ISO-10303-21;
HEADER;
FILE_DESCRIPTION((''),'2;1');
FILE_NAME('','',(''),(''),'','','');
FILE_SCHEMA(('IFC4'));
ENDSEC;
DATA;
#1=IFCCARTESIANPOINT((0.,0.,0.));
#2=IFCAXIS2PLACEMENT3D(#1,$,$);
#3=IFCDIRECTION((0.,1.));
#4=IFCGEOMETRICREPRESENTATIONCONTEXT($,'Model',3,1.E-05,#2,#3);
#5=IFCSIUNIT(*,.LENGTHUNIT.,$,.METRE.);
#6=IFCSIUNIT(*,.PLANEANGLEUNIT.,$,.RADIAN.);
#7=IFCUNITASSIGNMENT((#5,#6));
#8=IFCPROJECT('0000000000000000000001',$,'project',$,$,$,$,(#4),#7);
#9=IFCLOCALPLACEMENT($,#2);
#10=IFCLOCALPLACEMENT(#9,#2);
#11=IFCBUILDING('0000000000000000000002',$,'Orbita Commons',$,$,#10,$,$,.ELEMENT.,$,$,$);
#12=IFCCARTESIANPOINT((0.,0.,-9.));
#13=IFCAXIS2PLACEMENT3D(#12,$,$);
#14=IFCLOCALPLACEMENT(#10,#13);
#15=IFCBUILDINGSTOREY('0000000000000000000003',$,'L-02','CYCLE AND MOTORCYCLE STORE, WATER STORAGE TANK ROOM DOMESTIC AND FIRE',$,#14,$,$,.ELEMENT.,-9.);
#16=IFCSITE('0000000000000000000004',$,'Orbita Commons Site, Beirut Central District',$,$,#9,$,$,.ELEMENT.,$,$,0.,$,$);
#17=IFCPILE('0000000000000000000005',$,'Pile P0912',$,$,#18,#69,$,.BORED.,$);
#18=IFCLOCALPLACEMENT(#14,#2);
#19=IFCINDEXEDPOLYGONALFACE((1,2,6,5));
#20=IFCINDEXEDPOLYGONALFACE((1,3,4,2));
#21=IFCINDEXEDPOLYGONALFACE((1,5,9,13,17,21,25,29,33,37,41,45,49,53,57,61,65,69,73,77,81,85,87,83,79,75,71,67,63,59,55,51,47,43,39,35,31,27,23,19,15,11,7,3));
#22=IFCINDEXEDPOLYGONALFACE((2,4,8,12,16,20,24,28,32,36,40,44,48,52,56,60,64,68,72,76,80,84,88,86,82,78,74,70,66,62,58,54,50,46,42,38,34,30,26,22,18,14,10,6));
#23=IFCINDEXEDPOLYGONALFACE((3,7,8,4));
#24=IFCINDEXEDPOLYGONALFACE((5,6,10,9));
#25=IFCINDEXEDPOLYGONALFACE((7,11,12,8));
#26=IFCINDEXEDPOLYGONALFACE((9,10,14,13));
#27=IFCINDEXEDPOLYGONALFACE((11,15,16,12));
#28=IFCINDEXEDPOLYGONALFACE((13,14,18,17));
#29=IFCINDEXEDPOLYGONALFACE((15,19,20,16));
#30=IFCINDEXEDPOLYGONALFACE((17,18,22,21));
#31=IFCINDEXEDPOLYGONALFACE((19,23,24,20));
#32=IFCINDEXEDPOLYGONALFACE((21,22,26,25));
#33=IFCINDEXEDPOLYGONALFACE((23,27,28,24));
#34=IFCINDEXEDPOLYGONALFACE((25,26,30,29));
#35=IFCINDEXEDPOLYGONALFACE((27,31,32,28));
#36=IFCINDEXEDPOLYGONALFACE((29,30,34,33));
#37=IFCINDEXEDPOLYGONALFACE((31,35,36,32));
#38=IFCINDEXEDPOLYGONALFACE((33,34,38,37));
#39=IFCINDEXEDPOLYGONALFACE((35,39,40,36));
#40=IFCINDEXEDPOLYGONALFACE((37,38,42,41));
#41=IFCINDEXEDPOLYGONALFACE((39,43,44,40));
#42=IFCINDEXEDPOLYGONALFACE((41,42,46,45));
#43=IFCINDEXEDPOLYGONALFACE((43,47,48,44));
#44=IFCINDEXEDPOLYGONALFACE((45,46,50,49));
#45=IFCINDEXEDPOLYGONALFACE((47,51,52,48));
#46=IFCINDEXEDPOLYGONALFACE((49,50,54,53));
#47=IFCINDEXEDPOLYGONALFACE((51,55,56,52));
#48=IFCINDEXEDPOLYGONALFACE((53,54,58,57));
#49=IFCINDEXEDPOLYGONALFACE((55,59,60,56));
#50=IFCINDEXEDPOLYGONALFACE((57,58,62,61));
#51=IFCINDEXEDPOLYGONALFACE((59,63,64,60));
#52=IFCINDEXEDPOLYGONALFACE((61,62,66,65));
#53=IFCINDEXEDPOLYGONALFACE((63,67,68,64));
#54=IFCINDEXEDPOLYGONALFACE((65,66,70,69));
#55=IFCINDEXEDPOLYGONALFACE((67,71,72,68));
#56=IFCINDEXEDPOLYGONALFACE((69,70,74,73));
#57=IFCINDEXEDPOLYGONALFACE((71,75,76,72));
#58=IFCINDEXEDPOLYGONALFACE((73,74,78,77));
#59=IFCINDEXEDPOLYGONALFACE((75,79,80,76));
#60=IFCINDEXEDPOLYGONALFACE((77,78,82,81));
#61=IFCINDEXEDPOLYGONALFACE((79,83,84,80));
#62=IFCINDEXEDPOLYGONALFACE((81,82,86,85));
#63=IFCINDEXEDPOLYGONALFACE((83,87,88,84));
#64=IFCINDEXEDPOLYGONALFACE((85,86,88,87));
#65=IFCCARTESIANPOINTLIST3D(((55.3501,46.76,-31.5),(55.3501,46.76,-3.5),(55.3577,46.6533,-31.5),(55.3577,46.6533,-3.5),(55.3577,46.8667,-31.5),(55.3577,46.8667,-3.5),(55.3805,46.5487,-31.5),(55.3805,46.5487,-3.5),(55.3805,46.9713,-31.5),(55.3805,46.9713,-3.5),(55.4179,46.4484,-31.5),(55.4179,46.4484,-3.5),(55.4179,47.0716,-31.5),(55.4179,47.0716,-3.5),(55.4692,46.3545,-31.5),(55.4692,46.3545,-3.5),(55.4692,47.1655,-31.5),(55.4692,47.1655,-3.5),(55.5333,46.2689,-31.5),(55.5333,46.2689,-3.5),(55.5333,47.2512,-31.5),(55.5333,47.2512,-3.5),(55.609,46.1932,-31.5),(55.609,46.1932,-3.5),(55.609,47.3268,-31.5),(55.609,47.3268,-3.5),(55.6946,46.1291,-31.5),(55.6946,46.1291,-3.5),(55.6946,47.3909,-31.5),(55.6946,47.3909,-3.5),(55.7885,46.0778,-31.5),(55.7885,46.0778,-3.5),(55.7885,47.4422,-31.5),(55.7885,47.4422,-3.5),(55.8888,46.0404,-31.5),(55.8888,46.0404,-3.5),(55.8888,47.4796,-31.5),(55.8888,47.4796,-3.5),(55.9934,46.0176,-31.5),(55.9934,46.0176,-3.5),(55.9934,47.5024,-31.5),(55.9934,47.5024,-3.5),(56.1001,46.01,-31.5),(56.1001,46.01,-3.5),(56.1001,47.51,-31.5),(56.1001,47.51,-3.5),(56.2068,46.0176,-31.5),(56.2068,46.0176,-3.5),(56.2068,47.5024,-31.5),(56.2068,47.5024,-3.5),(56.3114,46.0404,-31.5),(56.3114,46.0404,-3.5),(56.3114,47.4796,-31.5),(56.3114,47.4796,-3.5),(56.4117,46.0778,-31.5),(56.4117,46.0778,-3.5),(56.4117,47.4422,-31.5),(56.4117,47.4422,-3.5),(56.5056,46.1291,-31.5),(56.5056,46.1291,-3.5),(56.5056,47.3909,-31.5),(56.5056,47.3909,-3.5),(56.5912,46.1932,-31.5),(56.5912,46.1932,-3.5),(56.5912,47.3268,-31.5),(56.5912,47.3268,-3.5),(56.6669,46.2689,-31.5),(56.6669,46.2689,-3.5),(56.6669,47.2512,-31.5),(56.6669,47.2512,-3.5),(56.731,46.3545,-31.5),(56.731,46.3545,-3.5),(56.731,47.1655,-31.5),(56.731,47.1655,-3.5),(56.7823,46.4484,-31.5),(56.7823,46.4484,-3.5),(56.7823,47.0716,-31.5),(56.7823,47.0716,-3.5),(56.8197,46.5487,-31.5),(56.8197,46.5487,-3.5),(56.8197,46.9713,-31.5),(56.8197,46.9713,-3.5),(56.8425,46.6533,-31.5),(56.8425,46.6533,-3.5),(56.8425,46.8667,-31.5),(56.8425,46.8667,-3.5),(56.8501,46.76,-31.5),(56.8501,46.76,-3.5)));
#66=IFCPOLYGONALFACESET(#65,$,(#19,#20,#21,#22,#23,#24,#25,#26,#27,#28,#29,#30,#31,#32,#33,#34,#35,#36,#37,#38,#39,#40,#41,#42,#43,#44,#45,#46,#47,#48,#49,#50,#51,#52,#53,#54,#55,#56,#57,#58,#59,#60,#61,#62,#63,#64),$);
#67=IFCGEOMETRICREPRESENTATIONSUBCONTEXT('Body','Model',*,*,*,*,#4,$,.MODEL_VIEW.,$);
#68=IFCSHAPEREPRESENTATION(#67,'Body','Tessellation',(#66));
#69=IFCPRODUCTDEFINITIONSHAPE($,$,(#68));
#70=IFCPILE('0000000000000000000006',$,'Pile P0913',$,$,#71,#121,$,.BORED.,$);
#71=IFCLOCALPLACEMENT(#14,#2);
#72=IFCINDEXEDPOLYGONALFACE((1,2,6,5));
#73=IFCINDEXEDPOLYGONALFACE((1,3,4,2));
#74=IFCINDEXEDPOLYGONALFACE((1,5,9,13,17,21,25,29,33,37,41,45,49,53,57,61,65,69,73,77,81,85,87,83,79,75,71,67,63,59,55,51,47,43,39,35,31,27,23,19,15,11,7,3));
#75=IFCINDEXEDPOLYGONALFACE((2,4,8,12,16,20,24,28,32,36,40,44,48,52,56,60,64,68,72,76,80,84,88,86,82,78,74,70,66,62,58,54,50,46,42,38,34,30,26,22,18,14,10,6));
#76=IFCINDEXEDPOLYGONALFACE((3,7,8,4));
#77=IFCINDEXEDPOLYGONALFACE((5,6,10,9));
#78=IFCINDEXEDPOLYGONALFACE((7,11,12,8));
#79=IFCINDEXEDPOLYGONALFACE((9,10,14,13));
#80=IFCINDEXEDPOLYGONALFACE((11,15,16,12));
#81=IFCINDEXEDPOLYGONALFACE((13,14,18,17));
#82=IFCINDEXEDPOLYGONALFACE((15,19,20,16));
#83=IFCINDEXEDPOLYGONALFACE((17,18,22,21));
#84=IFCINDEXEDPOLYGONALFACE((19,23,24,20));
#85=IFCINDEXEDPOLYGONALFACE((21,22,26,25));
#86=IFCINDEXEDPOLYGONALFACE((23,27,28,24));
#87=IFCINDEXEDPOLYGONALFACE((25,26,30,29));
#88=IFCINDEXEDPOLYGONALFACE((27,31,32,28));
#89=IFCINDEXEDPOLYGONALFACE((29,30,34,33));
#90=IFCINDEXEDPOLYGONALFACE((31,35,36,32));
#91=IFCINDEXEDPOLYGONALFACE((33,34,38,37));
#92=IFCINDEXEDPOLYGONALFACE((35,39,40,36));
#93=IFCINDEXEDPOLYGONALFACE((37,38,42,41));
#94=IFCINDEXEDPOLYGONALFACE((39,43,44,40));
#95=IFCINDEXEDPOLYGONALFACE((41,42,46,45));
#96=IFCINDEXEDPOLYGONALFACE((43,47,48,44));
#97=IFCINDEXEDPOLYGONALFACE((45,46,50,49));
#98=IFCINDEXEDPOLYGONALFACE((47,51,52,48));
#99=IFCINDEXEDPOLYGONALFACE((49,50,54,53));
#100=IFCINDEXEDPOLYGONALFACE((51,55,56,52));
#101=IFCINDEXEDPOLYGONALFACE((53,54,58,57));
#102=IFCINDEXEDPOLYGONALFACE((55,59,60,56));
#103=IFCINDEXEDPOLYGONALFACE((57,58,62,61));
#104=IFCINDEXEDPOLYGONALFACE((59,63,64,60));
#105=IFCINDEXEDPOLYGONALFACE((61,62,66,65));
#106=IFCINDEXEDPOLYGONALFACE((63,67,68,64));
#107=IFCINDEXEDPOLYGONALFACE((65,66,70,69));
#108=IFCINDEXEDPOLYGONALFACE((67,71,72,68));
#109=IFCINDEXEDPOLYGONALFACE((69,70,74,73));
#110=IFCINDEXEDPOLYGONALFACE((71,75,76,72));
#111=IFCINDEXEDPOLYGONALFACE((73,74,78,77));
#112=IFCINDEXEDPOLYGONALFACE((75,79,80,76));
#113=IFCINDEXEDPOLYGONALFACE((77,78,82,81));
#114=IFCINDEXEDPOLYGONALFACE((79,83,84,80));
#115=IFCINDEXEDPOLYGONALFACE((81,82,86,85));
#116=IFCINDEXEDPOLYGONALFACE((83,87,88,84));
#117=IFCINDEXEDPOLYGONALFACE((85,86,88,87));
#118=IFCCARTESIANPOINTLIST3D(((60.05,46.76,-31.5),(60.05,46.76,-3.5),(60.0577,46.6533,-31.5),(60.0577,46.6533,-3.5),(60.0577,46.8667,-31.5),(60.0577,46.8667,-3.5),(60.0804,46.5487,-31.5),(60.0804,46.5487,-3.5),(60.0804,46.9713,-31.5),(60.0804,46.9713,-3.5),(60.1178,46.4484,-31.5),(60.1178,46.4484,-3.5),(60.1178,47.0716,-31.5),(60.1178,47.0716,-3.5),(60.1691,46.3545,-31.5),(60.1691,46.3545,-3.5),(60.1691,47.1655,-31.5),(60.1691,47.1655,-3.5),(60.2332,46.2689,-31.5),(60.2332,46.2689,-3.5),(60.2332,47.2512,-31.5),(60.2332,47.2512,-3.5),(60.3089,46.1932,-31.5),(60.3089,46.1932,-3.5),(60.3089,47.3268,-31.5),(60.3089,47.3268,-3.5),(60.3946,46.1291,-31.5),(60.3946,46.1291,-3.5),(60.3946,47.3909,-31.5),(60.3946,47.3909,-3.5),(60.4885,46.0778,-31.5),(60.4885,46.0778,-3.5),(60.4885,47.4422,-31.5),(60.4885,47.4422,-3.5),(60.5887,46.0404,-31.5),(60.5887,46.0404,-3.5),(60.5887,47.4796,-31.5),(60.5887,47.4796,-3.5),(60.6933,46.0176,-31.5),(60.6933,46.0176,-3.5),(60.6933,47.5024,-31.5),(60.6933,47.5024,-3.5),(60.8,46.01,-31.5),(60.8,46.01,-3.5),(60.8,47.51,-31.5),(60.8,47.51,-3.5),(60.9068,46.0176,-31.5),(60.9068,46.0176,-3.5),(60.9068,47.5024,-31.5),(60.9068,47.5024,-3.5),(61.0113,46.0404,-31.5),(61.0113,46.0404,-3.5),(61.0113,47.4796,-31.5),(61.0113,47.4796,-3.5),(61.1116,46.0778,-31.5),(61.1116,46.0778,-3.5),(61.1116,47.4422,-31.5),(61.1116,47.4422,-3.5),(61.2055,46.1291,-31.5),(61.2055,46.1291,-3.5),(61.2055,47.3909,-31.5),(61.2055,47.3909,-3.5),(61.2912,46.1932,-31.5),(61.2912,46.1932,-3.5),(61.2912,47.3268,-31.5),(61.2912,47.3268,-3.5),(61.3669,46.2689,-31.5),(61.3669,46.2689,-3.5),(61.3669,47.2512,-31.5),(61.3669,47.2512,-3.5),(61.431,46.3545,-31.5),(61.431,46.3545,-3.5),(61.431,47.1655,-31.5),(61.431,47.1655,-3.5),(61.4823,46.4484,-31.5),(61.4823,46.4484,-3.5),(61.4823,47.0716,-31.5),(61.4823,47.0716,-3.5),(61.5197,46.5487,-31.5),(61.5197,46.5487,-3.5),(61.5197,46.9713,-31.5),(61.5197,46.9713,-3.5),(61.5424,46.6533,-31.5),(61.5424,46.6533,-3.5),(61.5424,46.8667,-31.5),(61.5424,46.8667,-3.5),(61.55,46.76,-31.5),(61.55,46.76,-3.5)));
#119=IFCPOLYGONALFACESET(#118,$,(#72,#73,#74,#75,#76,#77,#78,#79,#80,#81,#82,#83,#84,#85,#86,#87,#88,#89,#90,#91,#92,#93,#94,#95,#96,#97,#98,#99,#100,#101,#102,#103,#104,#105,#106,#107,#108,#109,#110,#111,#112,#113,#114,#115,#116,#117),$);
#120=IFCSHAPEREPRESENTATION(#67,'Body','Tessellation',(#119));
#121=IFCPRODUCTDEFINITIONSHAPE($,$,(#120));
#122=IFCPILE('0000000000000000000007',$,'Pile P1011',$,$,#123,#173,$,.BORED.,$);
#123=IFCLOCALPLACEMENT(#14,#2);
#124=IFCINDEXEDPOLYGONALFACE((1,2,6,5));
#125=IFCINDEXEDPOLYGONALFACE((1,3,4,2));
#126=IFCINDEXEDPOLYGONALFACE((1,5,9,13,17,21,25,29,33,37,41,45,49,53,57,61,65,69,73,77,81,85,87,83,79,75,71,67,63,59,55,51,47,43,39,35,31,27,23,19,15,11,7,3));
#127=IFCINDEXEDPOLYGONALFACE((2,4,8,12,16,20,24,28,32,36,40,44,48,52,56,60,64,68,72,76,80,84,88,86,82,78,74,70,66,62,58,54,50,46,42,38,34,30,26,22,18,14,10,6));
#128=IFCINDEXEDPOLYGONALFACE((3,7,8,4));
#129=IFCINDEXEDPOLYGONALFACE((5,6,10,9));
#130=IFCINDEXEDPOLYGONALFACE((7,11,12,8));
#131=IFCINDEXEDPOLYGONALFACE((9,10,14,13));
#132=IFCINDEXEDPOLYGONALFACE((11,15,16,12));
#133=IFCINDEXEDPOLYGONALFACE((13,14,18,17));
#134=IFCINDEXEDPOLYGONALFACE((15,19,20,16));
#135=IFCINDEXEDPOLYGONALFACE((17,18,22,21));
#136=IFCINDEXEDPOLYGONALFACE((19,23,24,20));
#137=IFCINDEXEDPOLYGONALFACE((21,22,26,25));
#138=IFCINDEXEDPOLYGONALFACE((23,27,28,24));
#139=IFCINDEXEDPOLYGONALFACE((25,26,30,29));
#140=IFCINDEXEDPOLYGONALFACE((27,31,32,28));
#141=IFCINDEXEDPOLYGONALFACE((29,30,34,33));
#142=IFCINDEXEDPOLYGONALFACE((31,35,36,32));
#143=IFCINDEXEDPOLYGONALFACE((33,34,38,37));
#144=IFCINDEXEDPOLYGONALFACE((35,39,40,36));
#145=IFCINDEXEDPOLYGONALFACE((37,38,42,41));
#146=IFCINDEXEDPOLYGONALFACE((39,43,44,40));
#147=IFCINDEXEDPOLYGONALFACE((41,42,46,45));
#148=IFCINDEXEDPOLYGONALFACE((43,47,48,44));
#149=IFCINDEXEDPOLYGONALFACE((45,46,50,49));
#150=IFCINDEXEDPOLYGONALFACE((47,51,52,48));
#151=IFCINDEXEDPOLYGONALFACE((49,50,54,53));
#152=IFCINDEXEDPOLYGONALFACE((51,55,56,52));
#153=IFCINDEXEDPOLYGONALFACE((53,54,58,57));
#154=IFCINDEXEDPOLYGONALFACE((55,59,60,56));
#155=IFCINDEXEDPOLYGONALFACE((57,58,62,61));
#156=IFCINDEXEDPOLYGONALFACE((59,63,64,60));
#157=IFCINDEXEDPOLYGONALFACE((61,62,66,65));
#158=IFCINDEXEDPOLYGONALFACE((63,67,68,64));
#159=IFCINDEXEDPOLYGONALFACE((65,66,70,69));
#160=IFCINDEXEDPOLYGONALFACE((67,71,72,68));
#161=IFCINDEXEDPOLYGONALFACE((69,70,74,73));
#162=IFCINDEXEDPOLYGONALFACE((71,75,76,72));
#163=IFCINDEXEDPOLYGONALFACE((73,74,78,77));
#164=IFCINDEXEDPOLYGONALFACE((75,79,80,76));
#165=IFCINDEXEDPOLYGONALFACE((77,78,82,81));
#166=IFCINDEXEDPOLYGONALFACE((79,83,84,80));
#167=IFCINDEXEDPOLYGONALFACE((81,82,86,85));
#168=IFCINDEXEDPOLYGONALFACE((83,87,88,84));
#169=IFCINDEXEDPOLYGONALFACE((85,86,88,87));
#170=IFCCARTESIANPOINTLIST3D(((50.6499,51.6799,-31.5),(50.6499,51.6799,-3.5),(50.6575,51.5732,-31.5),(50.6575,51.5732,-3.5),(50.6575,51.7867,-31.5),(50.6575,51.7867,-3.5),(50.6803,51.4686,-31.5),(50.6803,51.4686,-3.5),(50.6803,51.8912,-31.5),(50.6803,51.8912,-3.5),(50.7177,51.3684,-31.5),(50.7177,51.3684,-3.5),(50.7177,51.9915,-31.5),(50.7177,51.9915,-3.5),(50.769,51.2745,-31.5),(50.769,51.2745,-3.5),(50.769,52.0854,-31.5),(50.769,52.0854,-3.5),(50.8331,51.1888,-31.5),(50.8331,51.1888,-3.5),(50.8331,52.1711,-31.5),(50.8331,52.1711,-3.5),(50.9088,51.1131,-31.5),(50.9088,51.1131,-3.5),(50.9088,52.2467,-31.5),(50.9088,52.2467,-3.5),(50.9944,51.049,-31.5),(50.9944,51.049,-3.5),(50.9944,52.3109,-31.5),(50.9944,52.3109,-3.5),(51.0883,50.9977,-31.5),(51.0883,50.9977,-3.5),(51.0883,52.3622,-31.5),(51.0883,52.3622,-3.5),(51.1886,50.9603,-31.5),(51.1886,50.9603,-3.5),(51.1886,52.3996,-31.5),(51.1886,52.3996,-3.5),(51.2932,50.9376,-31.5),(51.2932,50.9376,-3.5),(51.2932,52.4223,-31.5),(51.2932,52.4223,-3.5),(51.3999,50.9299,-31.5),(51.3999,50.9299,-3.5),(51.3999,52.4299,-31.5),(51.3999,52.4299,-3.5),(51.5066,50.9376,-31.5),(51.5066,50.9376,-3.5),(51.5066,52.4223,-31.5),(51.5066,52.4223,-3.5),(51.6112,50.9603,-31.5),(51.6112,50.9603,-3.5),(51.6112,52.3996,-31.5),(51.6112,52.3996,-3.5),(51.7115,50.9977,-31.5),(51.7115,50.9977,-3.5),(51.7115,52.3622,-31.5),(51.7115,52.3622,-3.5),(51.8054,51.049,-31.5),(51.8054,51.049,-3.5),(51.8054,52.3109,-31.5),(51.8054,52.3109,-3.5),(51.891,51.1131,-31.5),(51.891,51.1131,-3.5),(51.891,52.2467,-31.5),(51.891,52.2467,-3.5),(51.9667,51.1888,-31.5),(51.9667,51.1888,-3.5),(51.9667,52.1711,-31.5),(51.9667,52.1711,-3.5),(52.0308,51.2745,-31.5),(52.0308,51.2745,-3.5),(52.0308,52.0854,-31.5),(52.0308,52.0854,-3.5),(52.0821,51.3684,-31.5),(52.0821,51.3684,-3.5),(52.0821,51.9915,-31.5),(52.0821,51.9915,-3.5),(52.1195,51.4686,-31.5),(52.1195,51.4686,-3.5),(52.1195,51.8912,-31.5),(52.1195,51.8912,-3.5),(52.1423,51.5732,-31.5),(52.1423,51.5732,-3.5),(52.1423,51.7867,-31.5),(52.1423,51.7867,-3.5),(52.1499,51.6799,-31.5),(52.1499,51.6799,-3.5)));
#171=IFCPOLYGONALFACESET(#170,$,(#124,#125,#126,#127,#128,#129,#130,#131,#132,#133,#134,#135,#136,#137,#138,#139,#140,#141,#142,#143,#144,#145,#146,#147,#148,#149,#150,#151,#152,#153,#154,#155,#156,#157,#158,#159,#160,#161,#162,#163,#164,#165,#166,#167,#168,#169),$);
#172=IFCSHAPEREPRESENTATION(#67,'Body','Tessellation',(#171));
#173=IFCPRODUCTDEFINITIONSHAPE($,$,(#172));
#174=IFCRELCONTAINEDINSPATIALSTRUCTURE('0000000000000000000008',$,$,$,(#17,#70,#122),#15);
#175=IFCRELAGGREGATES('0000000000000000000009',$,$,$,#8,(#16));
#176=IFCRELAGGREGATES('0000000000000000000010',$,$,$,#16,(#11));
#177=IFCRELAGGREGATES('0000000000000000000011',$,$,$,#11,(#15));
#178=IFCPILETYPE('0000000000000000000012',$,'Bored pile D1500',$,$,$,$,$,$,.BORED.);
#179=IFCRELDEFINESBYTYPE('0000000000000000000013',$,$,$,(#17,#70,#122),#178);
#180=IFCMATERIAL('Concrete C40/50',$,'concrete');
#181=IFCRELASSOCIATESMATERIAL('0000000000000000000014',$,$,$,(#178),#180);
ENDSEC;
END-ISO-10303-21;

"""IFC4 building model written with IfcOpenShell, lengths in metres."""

from ifc_helpers import new_model, si_unit, direction, frame, origin, origin_2d, place, context, subcontext, project, spatial, circle, extrude, material, material_profile, profile_set, type_object, element, save


model = new_model("IFC4")

# Units and contexts
model_context = context("Model", 3, precision=1e-05, world=origin(), true_north=direction((0.0, 1.0)))
body_context = subcontext(model_context, "Body", "Model", "MODEL_VIEW")
ifc_project = project(units=[si_unit("LENGTHUNIT", "METRE"), si_unit("PLANEANGLEUNIT", "RADIAN")], contexts=[model_context])

# Site, building, storey
site_placement = place(None, origin())
site = spatial("IfcSite", under=ifc_project, at=site_placement, Name="Orbita Commons Site, Beirut Central District", CompositionType="ELEMENT", RefElevation=0.0)
building_placement = place(site_placement, origin())
building = spatial("IfcBuilding", under=site, at=building_placement, Name="Orbita Commons", CompositionType="ELEMENT")
storey_placement = place(building_placement, frame((0.0, 0.0, -9.0)))
storey = spatial("IfcBuildingStorey", under=building, at=storey_placement, Name="L-02", Description="CYCLE AND MOTORCYCLE STORE, WATER STORAGE TANK ROOM DOMESTIC AND FIRE", CompositionType="ELEMENT", Elevation=-9.0)

# Piles
ifc_material_1 = material(Name="Concrete C40/50", Category="concrete")
ifc_material_profile_1 = material_profile(ifc_material_1, circle(Radius=0.75, at=origin_2d()), Name="RC D1500")
ifc_profile_set_1 = profile_set([ifc_material_profile_1], Name="Concrete C40/50")
pile_type = type_object("IfcPileType", Name="Bored pile D1500", PredefinedType="BORED", material=ifc_profile_set_1)
for number, where, z_axis, x_axis, name in (
    (1, (56.1001, 46.76, -3.5), (0.0, 0.0, -1.0), (1.0, 0.0, 0.0), "Pile P0912"),
    (2, (60.8, 46.76, -3.5), (0.0, 0.0, -1.0), (1.0, 0.0, 0.0), "Pile P0913"),
    (3, (51.3999, 51.6799, -3.5), (0.0, 0.0, -1.0), (1.0, 0.0, 0.0), "Pile P1011"),
):
    element("IfcPile", number, at=place(storey_placement, frame(where, z_axis=z_axis, x_axis=x_axis)), inside=storey, type_object=pile_type, Name=name, PredefinedType="BORED", context=body_context, shape_type="SweptSolid", body=[
        extrude(circle(Radius=0.75, at=origin_2d()), origin(), (0.0, 0.0, 1.0), 28.0),
    ])

save(model, "model.ifc")
